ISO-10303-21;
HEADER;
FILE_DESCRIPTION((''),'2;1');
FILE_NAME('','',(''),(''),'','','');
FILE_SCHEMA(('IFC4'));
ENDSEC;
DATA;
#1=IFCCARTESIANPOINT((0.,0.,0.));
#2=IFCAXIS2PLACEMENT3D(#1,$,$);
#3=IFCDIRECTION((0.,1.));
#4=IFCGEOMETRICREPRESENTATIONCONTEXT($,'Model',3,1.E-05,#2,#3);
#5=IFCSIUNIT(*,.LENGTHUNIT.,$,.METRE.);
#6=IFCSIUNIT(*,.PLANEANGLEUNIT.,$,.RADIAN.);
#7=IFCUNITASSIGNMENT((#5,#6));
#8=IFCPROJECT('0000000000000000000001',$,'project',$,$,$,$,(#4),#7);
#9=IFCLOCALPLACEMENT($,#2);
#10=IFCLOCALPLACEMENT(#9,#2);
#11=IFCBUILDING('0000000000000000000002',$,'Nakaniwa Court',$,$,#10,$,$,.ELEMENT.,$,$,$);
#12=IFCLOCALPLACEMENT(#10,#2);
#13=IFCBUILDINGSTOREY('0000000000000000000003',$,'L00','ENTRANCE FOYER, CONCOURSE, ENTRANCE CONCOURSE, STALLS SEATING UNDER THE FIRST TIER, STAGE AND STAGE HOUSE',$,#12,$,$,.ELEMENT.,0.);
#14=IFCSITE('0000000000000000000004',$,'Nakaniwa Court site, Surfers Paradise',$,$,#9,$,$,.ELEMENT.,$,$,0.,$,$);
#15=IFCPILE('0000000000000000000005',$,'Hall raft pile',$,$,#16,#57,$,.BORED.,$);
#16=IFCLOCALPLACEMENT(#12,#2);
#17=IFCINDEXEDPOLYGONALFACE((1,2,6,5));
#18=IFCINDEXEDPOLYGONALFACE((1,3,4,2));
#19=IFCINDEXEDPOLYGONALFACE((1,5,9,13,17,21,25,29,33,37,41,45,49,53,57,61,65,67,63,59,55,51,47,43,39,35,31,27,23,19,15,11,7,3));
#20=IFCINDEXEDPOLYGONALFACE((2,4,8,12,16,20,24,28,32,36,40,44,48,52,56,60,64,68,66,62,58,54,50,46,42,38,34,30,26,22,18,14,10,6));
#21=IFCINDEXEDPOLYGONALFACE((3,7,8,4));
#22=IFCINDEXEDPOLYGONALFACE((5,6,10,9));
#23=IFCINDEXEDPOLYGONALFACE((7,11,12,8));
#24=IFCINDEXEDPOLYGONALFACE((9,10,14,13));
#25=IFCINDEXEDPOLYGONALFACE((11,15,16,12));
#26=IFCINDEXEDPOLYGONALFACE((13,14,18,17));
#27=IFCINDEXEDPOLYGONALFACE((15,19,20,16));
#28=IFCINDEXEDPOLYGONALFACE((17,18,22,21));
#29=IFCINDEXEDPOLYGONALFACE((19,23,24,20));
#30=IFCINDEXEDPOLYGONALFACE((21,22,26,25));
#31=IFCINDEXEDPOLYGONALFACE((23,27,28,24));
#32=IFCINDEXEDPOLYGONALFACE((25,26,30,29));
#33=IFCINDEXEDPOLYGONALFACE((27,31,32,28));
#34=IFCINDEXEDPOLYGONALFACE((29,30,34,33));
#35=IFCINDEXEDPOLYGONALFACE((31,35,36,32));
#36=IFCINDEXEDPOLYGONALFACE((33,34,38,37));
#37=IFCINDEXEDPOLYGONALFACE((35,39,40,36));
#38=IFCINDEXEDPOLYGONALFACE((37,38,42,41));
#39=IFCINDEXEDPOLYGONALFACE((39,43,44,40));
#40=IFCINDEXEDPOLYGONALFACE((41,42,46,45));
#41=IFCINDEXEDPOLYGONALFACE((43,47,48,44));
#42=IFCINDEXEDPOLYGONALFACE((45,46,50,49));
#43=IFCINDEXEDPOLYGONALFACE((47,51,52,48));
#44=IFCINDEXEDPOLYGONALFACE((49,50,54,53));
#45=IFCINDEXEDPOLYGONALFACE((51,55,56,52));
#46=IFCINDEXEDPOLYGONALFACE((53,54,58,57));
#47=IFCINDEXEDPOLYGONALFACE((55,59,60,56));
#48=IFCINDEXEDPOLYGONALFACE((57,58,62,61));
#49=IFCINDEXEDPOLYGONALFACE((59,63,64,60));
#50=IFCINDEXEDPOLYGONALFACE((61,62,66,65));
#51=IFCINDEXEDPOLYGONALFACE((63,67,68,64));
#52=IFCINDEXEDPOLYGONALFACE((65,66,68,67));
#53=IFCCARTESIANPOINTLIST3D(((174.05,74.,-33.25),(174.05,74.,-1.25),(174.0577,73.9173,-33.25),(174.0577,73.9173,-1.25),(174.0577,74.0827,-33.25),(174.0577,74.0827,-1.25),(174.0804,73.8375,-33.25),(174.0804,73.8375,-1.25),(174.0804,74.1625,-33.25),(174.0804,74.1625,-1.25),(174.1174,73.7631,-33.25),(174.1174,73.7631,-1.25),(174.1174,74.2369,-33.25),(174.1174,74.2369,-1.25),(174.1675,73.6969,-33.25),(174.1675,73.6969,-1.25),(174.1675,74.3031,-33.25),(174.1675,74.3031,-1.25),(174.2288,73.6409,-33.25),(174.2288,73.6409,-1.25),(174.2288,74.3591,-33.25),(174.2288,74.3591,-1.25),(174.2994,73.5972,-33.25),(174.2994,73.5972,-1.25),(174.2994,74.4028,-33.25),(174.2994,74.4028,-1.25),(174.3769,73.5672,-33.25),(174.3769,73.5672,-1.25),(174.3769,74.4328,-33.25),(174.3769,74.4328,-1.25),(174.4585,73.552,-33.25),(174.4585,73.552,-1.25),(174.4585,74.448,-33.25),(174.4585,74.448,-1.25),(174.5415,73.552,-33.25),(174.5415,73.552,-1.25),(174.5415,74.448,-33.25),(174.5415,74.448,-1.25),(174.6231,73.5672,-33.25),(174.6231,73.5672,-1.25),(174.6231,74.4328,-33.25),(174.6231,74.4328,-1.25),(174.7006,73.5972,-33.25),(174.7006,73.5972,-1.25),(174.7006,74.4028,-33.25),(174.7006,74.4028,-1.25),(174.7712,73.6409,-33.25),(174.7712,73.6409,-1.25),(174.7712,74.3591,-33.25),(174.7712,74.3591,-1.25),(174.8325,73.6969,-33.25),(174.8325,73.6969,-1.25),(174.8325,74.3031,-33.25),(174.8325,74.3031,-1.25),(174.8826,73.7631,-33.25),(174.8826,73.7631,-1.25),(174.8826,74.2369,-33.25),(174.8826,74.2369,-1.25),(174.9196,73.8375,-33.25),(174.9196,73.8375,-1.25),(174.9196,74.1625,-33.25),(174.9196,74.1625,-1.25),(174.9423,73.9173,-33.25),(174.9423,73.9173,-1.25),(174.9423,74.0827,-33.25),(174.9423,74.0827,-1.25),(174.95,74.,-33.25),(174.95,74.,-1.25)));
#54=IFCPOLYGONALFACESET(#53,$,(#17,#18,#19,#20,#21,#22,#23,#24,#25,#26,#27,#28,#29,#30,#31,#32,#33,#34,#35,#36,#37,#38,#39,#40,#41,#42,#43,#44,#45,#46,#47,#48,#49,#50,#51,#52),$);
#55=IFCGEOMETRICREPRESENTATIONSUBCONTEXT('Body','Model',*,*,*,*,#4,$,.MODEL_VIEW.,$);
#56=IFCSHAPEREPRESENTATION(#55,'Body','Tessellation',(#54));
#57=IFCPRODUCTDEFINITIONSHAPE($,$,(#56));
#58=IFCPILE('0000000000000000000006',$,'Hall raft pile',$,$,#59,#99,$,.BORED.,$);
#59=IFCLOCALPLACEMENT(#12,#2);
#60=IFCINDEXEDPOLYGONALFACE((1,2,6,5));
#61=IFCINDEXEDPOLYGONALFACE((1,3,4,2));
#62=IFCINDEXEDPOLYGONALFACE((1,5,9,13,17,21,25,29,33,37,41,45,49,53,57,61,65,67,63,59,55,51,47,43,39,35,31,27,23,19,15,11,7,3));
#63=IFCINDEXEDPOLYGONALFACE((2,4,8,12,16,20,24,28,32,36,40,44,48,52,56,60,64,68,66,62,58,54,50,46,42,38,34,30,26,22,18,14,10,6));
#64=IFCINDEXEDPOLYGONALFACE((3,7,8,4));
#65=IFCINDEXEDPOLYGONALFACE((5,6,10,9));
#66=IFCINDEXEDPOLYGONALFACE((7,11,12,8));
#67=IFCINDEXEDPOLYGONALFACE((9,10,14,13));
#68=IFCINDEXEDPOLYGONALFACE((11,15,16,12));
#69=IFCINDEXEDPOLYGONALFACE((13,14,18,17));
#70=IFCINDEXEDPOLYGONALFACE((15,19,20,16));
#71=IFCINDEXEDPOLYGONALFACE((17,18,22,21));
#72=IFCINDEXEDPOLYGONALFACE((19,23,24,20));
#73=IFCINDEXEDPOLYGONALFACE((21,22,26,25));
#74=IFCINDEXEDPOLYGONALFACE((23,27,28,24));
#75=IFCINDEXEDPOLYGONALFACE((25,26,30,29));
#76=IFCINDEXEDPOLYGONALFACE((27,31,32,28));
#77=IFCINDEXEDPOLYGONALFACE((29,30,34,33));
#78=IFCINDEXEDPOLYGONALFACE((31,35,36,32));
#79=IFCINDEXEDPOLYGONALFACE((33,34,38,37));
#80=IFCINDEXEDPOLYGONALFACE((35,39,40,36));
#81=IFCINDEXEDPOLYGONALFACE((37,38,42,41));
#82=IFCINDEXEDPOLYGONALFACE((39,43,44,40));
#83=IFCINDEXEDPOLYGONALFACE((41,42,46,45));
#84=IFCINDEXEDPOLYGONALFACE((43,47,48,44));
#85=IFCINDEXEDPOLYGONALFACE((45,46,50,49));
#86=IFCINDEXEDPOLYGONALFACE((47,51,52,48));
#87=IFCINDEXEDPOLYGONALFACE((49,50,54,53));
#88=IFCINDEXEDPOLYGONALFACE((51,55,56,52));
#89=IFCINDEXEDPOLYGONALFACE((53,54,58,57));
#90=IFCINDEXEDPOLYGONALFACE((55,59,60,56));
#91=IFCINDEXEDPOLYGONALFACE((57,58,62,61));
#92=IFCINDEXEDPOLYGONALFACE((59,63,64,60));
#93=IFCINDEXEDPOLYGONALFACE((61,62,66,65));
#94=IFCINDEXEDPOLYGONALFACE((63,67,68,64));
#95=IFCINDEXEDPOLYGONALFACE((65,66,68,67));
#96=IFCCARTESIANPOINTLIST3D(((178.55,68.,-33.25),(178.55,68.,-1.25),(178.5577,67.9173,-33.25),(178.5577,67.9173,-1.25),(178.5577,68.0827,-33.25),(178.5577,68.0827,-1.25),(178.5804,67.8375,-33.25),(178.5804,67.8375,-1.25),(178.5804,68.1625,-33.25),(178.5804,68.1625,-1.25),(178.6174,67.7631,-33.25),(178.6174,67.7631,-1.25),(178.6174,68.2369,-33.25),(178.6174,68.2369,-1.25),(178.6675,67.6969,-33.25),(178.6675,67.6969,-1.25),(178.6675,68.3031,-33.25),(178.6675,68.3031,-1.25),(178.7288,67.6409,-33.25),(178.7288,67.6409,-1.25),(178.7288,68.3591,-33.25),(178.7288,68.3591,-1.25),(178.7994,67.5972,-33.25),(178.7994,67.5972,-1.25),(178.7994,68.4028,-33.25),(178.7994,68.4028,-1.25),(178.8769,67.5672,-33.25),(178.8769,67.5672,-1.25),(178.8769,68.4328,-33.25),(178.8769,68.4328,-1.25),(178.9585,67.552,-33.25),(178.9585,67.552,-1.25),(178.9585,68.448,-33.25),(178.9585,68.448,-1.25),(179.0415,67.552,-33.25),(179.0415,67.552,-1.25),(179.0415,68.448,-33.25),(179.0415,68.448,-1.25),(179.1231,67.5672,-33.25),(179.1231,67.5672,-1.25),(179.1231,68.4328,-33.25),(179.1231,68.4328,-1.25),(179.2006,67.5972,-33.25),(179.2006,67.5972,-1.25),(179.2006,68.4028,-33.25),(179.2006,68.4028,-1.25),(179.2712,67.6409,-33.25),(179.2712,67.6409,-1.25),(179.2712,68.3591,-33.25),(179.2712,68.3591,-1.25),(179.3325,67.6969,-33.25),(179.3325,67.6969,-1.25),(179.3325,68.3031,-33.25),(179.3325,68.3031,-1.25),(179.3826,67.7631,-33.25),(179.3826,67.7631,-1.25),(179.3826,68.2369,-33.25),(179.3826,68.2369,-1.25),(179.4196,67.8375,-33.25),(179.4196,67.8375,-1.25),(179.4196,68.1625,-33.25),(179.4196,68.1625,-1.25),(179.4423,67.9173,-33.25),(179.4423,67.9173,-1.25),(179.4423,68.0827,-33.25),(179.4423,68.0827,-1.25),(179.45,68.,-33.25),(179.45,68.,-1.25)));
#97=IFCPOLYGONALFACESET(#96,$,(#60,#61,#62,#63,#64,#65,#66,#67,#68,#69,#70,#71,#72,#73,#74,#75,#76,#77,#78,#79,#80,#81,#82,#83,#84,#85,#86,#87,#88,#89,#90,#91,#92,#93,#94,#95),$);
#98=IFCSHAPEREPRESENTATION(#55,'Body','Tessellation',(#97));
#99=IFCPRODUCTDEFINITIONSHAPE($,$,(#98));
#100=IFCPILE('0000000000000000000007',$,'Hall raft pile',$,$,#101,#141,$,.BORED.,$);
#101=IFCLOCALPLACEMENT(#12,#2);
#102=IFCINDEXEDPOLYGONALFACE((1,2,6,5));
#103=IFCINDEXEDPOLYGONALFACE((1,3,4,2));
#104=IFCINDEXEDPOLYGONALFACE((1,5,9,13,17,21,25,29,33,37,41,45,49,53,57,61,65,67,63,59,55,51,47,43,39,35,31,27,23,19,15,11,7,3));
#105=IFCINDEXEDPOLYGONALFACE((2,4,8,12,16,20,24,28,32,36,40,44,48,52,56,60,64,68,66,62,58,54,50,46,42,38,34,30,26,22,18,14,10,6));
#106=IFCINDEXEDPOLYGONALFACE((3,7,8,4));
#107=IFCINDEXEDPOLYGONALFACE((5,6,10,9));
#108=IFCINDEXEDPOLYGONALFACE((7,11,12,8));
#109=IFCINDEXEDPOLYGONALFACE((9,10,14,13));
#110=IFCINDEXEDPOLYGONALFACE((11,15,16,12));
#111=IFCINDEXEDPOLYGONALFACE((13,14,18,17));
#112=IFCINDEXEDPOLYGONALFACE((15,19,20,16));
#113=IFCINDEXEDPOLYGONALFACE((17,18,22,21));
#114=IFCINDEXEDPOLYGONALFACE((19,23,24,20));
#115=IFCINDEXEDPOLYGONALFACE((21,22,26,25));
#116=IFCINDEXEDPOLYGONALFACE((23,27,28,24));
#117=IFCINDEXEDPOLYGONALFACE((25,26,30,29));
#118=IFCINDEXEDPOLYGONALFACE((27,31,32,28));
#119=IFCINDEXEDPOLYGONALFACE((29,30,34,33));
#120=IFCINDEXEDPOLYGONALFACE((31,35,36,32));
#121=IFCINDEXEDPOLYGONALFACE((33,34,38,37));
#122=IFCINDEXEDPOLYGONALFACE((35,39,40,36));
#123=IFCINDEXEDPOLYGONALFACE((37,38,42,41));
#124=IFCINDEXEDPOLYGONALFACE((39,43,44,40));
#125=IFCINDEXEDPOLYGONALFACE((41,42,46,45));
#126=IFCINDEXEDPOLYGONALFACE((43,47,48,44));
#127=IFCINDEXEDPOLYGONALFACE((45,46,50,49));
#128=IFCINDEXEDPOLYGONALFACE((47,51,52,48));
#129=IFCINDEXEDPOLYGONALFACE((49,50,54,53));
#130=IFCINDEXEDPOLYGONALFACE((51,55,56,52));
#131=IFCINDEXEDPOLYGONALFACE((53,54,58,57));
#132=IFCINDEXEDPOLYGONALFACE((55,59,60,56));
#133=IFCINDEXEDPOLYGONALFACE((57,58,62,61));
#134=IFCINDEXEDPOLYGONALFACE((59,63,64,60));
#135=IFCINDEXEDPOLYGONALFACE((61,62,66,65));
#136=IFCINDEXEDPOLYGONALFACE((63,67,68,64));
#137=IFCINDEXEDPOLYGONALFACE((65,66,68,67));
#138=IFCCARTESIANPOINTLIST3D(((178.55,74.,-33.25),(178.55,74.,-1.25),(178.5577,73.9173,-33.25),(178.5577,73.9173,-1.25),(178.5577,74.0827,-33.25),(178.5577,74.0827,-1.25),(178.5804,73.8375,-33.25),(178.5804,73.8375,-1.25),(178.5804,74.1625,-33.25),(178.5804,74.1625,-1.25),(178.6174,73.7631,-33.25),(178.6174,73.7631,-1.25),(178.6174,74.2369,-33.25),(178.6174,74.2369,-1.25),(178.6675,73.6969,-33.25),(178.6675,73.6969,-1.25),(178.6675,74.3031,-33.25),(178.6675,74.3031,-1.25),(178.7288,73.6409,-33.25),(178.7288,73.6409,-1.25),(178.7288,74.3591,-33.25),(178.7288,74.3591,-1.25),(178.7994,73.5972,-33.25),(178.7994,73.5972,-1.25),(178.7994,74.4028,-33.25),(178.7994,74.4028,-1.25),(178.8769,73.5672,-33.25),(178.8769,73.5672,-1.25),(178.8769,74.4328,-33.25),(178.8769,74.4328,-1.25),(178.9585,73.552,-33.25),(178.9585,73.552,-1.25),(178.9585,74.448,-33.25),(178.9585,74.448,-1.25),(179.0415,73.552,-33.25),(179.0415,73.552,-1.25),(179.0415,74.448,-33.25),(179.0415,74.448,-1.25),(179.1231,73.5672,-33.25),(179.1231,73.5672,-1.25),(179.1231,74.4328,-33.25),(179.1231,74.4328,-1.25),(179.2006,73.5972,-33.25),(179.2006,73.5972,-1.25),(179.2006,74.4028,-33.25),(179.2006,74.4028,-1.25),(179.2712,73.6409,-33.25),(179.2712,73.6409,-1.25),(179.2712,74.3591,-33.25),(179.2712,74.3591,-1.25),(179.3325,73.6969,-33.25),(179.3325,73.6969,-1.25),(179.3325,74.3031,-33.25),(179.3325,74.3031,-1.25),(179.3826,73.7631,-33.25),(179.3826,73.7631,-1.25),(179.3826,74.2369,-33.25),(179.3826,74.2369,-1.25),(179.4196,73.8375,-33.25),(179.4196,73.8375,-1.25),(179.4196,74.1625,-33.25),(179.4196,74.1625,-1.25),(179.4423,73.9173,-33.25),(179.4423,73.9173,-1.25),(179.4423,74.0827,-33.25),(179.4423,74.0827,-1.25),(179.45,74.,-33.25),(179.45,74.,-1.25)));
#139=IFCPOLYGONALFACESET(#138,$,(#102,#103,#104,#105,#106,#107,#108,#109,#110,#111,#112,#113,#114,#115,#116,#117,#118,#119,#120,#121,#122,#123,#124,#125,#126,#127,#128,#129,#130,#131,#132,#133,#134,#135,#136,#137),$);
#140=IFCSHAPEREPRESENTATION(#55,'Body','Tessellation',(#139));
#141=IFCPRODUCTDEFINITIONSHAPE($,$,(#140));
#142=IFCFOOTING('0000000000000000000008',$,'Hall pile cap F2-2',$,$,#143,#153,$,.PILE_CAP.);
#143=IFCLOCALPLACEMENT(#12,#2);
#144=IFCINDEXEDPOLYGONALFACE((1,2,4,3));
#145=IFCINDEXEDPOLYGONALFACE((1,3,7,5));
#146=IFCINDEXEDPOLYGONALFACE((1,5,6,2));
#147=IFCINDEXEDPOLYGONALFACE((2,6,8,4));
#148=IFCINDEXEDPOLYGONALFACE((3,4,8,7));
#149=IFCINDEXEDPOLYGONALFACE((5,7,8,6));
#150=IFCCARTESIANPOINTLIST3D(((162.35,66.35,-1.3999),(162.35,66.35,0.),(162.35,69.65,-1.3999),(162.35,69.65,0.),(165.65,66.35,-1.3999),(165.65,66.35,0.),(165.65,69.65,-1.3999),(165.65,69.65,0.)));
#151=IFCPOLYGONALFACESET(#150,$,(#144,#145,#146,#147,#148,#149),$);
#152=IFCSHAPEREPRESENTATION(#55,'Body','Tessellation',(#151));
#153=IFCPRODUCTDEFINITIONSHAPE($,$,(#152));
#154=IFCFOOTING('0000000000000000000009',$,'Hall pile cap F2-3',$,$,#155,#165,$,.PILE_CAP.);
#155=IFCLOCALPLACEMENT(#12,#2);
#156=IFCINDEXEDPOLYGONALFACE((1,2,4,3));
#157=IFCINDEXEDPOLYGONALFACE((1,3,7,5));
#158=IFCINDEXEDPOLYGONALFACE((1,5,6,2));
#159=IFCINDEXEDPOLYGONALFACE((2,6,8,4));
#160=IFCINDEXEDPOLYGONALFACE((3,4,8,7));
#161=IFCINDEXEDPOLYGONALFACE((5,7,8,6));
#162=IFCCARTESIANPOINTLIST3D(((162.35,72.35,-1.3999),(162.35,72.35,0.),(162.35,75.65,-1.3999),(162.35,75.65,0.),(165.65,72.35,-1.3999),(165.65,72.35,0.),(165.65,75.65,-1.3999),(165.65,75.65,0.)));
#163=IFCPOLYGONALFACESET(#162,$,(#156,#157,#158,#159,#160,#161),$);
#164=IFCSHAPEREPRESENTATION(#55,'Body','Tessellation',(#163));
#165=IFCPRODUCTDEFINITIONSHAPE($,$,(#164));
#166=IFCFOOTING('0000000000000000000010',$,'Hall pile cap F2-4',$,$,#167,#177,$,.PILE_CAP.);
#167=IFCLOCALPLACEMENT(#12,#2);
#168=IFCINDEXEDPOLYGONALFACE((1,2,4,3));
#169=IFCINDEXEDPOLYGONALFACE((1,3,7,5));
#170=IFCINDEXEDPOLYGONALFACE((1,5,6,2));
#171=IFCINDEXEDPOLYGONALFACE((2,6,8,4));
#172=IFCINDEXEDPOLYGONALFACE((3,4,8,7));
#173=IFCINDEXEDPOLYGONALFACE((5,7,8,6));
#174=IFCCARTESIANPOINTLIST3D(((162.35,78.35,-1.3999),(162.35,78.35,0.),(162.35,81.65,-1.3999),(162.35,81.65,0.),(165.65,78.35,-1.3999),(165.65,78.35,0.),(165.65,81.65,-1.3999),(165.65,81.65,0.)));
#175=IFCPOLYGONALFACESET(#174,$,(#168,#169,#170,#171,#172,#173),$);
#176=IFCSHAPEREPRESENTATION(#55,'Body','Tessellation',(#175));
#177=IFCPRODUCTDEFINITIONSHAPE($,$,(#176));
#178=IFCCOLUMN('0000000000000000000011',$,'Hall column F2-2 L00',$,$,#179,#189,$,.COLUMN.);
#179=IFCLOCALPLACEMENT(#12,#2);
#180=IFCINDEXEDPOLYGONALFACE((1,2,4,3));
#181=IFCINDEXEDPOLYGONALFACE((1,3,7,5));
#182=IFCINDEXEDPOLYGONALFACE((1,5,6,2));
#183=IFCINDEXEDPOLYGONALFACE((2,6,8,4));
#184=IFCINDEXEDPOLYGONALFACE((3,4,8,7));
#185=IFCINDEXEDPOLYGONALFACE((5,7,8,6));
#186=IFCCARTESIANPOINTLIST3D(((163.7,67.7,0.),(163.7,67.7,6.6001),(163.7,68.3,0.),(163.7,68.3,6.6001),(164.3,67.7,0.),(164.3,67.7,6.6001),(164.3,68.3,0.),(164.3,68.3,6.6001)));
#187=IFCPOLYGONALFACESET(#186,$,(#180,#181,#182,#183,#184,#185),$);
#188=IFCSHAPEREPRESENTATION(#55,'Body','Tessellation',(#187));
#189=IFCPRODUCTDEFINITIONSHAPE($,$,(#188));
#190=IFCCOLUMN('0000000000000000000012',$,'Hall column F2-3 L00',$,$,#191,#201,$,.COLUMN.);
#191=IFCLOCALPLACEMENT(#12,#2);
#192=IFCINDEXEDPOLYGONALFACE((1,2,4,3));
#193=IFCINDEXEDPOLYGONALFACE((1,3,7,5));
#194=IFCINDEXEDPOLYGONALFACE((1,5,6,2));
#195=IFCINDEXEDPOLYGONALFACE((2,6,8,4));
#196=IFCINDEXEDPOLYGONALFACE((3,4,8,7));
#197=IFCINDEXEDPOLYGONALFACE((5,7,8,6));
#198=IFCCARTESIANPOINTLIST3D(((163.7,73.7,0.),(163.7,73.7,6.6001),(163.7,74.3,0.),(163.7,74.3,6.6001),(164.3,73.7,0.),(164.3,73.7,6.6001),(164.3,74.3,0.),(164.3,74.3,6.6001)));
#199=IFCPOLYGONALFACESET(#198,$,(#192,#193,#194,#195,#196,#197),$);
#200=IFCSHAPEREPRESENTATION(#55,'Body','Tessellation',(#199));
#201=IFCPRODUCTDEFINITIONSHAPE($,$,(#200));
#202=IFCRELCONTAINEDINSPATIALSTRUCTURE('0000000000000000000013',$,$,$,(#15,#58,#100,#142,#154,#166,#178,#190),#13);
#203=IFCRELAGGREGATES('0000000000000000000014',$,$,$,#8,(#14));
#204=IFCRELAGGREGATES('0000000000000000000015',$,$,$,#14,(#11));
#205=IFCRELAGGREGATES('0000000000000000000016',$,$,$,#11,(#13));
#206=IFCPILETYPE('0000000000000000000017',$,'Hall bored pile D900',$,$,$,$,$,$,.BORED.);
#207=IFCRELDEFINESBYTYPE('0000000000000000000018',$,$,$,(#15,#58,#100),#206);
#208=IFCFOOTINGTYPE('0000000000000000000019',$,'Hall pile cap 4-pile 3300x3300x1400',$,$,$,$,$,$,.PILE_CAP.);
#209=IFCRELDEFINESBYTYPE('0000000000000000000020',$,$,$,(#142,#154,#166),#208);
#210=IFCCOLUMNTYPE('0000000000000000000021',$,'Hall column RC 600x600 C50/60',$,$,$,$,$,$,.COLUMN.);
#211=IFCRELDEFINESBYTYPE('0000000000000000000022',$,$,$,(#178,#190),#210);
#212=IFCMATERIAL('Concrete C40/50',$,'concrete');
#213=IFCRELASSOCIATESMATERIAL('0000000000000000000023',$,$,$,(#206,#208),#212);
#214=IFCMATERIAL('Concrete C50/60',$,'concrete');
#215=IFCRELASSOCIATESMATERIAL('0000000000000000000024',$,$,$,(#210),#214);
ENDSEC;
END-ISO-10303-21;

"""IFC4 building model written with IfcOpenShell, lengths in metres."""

from ifc_helpers import new_model, si_unit, direction, frame, origin, origin_2d, place, context, subcontext, project, spatial, rectangle, circle, extrude, material, material_profile, profile_set, type_object, element, save


model = new_model("IFC4")

# Units and contexts
model_context = context("Model", 3, precision=1e-05, world=origin(), true_north=direction((0.0, 1.0)))
body_context = subcontext(model_context, "Body", "Model", "MODEL_VIEW")
ifc_project = project(units=[si_unit("LENGTHUNIT", "METRE"), si_unit("PLANEANGLEUNIT", "RADIAN")], contexts=[model_context])

# Site, building, storey
site_placement = place(None, origin())
site = spatial("IfcSite", under=ifc_project, at=site_placement, Name="Nakaniwa Court site, Surfers Paradise", CompositionType="ELEMENT", RefElevation=0.0)
building_placement = place(site_placement, origin())
building = spatial("IfcBuilding", under=site, at=building_placement, Name="Nakaniwa Court", CompositionType="ELEMENT")
storey_placement = place(building_placement, origin())
storey = spatial("IfcBuildingStorey", under=building, at=storey_placement, Name="L00", Description="ENTRANCE FOYER, CONCOURSE, ENTRANCE CONCOURSE, STALLS SEATING UNDER THE FIRST TIER, STAGE AND STAGE HOUSE", CompositionType="ELEMENT", Elevation=0.0)

# Piles
ifc_material_1 = material(Name="Concrete C40/50", Category="concrete")
ifc_material_profile_1 = material_profile(ifc_material_1, circle(Radius=0.45, at=origin_2d()), Name="Bored pile D900")
ifc_profile_set_1 = profile_set([ifc_material_profile_1], Name="Concrete C40/50")
pile_type = type_object("IfcPileType", Name="Hall bored pile D900", PredefinedType="BORED", material=ifc_profile_set_1)
for number, where, z_axis, x_axis, name in (
    (1, (174.5, 74.0, -1.25), (0.0, 0.0, -1.0), (1.0, 0.0, 0.0), "Hall raft pile"),
    (2, (179.0, 68.0, -1.25), (0.0, 0.0, -1.0), (1.0, 0.0, 0.0), "Hall raft pile"),
    (3, (179.0, 74.0, -1.25), (0.0, 0.0, -1.0), (1.0, 0.0, 0.0), "Hall raft pile"),
):
    element("IfcPile", number, at=place(storey_placement, frame(where, z_axis=z_axis, x_axis=x_axis)), inside=storey, type_object=pile_type, Name=name, PredefinedType="BORED", context=body_context, shape_type="SweptSolid", body=[
        extrude(circle(Radius=0.45, at=origin_2d()), origin(), (0.0, 0.0, 1.0), 32.0),
    ])

# Footings
footing_type = type_object("IfcFootingType", Name="Hall pile cap 4-pile 3300x3300x1400", PredefinedType="PILE_CAP", material=ifc_material_1)
for number, where, z_axis, x_axis, name in (
    (4, (164.0, 68.0, -1.3999), (0.0, 0.0, 1.0), (1.0, 0.0, 0.0), "Hall pile cap F2-2"),
    (5, (164.0, 74.0, -1.3999), (0.0, 0.0, 1.0), (1.0, 0.0, 0.0), "Hall pile cap F2-3"),
    (6, (164.0, 80.0, -1.3999), (0.0, 0.0, 1.0), (1.0, 0.0, 0.0), "Hall pile cap F2-4"),
):
    element("IfcFooting", number, at=place(storey_placement, frame(where, z_axis=z_axis, x_axis=x_axis)), inside=storey, type_object=footing_type, Name=name, PredefinedType="PILE_CAP", context=body_context, shape_type="SweptSolid", body=[
        extrude(rectangle(XDim=3.3, YDim=3.3, at=origin_2d()), origin(), (0.0, 0.0, 1.0), 1.3999),
    ])

# Columns
ifc_material_2 = material(Name="Concrete C50/60", Category="concrete")
ifc_material_profile_2 = material_profile(ifc_material_2, rectangle(XDim=0.6001, YDim=0.6001, at=origin_2d()), Name="RC 600x600")
ifc_profile_set_2 = profile_set([ifc_material_profile_2], Name="Concrete C50/60")
column_type = type_object("IfcColumnType", Name="Hall column RC 600x600 C50/60", PredefinedType="COLUMN", material=ifc_profile_set_2)
for number, where, z_axis, x_axis, name in (
    (7, (164.0, 68.0, 0.0), (0.0, 0.0, 1.0), (1.0, 0.0, 0.0), "Hall column F2-2 L00"),
    (8, (164.0, 74.0, 0.0), (0.0, 0.0, 1.0), (1.0, 0.0, 0.0), "Hall column F2-3 L00"),
):
    element("IfcColumn", number, at=place(storey_placement, frame(where, z_axis=z_axis, x_axis=x_axis)), inside=storey, type_object=column_type, Name=name, PredefinedType="COLUMN", context=body_context, shape_type="SweptSolid", body=[
        extrude(rectangle(XDim=0.6001, YDim=0.6001, at=origin_2d()), origin(), (0.0, 0.0, 1.0), 6.6001),
    ])

save(model, "model.ifc")
